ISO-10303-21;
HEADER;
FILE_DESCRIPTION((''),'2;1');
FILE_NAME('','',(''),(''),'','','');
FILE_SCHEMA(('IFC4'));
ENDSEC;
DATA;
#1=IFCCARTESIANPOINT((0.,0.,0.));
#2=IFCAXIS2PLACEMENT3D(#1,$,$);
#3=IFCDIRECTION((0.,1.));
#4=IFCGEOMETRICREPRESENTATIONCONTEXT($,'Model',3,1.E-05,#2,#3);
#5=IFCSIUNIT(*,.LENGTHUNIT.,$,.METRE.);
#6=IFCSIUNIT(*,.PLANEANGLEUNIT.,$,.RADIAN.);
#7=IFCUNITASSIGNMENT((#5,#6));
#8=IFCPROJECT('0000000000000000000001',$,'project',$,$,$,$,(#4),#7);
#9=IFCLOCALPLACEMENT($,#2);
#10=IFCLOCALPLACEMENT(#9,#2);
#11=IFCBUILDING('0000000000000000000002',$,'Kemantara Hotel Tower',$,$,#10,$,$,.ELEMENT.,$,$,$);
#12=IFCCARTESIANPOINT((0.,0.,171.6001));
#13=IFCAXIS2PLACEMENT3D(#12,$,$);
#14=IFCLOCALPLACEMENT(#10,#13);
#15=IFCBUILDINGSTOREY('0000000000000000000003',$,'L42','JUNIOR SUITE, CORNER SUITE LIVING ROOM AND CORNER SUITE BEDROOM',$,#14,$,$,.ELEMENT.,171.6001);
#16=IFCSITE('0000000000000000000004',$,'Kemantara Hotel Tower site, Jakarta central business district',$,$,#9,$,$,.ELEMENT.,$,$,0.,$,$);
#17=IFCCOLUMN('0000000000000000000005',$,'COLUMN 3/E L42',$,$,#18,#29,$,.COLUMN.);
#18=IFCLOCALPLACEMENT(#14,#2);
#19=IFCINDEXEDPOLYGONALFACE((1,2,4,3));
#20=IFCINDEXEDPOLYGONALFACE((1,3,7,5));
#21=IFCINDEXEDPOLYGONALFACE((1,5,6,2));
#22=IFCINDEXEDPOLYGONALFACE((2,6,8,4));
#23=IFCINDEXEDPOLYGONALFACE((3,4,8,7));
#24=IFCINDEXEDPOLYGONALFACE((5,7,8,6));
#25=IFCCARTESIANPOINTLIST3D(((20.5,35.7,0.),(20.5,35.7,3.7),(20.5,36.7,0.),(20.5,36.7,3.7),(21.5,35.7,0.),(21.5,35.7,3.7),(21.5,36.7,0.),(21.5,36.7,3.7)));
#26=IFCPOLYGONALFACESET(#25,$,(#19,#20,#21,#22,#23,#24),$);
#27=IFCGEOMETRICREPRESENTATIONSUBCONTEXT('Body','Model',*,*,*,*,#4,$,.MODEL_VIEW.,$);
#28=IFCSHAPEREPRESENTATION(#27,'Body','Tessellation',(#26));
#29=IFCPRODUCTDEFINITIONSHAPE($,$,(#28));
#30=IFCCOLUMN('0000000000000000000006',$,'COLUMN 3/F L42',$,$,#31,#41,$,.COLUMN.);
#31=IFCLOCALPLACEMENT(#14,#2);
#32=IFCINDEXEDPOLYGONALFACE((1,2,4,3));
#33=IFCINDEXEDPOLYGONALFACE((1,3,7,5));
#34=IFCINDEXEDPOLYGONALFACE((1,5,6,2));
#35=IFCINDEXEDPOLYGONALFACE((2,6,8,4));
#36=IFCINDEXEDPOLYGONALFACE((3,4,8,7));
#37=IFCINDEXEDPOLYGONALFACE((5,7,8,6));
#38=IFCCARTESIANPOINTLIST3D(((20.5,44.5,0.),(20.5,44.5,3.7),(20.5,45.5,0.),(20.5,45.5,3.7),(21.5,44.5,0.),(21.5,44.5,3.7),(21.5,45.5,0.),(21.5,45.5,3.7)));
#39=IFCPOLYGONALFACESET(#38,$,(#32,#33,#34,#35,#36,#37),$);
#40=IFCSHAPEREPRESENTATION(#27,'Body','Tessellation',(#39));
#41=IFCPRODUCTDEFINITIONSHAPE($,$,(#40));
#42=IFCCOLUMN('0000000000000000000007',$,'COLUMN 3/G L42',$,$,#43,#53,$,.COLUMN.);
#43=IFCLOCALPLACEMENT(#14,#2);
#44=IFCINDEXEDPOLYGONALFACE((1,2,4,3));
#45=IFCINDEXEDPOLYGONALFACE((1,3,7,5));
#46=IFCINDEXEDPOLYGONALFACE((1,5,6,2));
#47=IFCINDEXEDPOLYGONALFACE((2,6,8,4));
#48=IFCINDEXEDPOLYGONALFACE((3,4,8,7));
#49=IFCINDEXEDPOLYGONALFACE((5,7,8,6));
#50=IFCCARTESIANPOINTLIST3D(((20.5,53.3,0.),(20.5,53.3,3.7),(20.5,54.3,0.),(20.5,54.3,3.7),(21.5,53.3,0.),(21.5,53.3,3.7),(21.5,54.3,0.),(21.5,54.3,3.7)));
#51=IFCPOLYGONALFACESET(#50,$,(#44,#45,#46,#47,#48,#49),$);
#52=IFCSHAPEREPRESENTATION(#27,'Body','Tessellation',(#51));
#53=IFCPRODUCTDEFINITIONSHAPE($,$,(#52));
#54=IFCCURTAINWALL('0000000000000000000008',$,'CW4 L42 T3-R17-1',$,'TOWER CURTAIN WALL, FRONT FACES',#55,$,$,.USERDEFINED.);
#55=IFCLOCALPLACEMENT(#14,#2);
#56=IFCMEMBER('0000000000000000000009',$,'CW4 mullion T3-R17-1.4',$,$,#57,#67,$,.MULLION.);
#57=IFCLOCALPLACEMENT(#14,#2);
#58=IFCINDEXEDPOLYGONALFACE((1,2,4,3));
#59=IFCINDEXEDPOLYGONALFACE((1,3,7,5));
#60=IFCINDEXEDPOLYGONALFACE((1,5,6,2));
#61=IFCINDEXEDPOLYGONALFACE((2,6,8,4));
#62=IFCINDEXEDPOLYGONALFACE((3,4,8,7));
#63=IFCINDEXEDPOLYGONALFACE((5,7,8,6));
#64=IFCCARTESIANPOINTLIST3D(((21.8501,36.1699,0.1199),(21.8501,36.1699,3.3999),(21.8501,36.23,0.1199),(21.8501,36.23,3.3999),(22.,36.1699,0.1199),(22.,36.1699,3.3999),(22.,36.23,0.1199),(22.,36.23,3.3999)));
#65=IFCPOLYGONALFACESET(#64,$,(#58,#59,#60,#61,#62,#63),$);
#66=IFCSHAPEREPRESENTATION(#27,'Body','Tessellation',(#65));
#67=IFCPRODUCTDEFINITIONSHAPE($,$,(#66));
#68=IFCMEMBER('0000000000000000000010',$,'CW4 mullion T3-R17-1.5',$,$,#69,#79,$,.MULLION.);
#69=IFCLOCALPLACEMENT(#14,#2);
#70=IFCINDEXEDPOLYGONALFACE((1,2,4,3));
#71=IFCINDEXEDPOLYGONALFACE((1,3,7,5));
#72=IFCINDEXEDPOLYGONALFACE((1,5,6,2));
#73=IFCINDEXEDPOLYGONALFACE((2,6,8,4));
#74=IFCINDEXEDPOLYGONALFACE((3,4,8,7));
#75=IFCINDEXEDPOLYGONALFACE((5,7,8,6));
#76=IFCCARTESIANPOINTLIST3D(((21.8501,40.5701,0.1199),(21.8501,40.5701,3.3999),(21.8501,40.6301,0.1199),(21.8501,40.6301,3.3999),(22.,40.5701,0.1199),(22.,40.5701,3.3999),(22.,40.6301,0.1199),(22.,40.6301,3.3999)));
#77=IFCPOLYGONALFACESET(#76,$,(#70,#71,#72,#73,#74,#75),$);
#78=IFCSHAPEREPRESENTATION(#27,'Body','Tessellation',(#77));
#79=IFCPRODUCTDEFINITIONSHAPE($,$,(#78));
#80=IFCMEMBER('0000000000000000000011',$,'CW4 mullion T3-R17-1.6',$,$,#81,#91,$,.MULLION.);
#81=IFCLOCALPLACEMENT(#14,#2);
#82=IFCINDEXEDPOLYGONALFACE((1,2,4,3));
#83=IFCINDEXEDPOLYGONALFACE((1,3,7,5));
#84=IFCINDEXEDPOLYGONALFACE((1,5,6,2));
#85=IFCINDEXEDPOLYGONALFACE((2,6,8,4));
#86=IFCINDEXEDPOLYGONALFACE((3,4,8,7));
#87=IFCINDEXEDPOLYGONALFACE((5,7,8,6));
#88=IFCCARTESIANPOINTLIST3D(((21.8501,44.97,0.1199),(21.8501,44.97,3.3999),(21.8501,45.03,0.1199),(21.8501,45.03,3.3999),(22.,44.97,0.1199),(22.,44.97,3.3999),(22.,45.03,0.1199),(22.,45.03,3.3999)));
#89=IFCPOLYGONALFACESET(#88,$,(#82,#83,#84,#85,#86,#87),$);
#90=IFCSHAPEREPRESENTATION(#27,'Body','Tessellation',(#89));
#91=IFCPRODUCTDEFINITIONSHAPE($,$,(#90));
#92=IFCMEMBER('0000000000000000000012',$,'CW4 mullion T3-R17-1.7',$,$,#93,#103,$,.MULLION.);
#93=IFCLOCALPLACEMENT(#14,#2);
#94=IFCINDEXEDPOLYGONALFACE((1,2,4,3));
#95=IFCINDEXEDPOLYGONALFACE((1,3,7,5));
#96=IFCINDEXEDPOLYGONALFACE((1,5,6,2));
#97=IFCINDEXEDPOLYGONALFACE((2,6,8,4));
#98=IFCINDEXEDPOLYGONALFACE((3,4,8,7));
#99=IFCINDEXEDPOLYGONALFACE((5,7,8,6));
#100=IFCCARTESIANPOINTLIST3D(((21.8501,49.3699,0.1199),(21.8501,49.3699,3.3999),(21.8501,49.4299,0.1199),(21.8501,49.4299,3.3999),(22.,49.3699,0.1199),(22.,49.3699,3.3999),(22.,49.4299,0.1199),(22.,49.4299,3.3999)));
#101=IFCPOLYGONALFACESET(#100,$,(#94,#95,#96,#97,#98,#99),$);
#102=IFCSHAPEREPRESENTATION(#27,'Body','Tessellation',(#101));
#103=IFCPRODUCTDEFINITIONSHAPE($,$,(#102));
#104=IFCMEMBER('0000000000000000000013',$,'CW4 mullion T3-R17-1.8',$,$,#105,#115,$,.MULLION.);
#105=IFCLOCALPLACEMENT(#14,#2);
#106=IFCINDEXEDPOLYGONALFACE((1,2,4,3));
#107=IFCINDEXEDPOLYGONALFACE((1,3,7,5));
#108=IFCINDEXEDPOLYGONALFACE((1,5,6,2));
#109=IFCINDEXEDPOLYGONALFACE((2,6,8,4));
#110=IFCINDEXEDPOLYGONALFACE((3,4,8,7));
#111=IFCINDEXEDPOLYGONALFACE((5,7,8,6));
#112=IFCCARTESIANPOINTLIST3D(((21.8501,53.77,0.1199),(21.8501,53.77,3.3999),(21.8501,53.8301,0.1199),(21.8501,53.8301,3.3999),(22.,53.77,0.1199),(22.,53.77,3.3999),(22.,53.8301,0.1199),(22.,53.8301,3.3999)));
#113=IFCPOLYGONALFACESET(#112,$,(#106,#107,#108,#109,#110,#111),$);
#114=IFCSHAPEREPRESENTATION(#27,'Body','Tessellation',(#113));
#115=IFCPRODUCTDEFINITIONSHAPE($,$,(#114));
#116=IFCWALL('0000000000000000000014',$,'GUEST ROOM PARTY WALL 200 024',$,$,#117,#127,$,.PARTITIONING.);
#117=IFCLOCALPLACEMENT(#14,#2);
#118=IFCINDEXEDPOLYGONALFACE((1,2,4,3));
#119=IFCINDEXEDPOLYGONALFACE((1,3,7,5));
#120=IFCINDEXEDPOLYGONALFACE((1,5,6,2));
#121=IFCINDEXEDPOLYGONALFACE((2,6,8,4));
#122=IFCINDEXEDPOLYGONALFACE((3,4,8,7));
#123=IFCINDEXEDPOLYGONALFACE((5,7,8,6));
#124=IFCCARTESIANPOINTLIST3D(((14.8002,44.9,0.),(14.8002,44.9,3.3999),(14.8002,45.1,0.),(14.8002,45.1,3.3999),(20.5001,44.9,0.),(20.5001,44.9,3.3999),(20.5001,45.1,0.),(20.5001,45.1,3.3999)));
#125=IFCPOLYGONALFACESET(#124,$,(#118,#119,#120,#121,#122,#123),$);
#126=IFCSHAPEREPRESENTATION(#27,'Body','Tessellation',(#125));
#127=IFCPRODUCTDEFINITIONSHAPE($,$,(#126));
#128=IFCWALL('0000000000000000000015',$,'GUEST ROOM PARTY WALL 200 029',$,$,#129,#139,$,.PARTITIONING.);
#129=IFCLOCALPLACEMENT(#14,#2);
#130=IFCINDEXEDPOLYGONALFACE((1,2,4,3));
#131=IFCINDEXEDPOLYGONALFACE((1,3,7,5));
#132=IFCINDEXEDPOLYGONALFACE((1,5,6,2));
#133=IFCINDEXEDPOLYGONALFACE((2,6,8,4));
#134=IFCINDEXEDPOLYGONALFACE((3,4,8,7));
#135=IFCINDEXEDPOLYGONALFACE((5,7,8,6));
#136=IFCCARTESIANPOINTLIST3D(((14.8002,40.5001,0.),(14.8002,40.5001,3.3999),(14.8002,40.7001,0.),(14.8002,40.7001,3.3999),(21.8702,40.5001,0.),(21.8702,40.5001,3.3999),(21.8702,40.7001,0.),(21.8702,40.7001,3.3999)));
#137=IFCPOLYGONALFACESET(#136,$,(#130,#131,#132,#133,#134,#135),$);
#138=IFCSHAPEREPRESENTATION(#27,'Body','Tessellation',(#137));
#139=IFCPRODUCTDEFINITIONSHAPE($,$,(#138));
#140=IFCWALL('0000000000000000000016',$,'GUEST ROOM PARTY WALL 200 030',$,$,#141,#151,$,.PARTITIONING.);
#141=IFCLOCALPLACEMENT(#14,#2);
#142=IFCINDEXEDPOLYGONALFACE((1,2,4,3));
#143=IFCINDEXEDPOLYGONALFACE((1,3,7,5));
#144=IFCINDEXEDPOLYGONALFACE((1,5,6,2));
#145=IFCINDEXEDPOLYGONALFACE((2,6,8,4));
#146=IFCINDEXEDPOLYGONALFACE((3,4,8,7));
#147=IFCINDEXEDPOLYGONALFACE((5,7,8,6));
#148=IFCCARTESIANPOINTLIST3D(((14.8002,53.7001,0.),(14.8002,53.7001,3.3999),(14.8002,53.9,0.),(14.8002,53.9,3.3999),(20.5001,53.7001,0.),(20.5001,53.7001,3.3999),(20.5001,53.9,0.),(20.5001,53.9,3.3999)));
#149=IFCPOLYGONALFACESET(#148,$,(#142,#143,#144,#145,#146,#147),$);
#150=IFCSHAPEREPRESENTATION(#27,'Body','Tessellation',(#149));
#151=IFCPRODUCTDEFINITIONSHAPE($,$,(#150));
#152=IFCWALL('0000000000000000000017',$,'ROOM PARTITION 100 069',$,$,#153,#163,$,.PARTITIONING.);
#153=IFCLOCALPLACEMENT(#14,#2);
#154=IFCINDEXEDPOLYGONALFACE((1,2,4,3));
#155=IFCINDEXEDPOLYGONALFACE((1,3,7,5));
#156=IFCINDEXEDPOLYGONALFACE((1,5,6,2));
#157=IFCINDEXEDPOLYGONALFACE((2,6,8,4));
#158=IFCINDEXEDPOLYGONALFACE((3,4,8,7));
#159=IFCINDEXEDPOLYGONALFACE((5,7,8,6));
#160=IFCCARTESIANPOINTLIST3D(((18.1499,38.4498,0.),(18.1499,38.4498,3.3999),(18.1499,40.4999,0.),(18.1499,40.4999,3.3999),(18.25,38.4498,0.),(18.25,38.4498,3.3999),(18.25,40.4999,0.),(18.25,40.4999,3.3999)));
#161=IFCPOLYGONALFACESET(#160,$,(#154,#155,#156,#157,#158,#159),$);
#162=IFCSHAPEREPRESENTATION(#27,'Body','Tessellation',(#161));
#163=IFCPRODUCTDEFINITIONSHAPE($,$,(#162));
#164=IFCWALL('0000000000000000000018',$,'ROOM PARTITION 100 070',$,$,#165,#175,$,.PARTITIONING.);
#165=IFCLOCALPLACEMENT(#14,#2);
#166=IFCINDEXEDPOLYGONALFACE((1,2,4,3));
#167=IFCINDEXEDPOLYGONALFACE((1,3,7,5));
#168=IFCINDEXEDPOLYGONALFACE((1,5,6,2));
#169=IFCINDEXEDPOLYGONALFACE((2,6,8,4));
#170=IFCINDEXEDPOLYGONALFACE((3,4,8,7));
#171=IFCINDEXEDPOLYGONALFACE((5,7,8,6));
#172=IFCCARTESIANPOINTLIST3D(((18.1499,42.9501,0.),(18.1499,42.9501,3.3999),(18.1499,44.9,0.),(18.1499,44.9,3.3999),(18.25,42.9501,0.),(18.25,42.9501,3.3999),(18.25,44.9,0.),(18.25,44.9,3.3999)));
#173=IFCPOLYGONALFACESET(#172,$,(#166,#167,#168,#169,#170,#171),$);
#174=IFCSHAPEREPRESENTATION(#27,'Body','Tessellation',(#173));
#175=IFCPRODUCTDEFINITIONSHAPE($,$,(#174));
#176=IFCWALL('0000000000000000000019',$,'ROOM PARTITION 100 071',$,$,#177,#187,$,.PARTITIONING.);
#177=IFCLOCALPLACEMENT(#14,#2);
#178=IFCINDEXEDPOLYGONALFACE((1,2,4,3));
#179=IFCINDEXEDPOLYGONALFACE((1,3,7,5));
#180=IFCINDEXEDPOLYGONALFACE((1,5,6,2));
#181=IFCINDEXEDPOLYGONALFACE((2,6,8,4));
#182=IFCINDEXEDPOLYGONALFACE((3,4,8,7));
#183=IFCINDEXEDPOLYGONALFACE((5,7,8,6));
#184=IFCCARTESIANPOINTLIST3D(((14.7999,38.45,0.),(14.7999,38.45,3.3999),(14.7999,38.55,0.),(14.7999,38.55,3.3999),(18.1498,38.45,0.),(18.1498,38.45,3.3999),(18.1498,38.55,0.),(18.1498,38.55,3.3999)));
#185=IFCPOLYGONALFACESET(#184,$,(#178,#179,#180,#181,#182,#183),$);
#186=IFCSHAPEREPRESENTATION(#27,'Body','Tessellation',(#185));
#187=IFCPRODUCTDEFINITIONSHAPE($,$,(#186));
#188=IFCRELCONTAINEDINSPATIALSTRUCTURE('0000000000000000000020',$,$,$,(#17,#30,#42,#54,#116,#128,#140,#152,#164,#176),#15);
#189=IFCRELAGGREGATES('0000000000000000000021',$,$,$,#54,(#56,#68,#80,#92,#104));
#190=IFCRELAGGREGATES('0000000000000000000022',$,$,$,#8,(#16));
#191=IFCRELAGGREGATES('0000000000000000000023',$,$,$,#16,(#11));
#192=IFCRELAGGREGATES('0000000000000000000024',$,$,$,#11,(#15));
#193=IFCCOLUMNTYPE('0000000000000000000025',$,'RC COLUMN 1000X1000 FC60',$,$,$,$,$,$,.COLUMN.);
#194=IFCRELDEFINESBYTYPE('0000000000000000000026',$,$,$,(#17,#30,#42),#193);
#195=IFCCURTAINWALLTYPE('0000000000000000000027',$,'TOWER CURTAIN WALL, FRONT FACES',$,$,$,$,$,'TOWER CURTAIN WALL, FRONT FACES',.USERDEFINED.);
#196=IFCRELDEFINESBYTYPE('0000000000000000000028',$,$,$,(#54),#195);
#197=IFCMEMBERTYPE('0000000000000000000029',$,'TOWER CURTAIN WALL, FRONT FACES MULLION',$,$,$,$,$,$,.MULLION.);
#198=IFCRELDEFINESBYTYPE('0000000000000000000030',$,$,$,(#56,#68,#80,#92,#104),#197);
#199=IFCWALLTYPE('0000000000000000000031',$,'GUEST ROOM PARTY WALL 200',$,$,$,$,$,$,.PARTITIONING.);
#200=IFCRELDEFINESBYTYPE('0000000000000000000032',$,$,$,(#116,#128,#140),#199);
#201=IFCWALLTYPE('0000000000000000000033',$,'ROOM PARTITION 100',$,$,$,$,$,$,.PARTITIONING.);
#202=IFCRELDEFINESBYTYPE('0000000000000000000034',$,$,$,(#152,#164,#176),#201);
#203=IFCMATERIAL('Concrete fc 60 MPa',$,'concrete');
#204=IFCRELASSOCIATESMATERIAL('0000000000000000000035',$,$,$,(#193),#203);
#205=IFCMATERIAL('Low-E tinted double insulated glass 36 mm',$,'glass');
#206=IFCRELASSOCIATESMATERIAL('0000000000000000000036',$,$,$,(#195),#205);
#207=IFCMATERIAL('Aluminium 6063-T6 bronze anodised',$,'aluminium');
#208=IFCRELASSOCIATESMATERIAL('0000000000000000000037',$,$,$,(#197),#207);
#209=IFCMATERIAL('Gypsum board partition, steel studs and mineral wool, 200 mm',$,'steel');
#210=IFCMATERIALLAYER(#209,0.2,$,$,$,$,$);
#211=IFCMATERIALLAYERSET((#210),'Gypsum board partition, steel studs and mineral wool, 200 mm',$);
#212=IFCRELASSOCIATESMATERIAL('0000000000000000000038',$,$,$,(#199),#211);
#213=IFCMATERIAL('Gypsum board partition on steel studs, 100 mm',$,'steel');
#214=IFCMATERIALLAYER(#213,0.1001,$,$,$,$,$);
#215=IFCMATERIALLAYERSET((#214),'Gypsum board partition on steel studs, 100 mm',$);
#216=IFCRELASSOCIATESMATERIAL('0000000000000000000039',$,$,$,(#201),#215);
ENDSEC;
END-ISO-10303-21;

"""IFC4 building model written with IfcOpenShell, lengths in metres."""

from ifc_helpers import new_model, si_unit, direction, frame, frame_2d, origin, origin_2d, place, context, subcontext, project, spatial, rectangle, extrude, source, transform, mapped, material, layer, layer_set, material_profile, profile_set, type_object, element, aggregate, save


model = new_model("IFC4")

# Units and contexts
model_context = context("Model", 3, precision=1e-05, world=origin(), true_north=direction((0.0, 1.0)))
body_context = subcontext(model_context, "Body", "Model", "MODEL_VIEW")
ifc_project = project(units=[si_unit("LENGTHUNIT", "METRE"), si_unit("PLANEANGLEUNIT", "RADIAN")], contexts=[model_context])

# Site, building, storey
site_placement = place(None, origin())
site = spatial("IfcSite", under=ifc_project, at=site_placement, Name="Kemantara Hotel Tower site, Jakarta central business district", CompositionType="ELEMENT", RefElevation=0.0)
building_placement = place(site_placement, origin())
building = spatial("IfcBuilding", under=site, at=building_placement, Name="Kemantara Hotel Tower", CompositionType="ELEMENT")
storey_placement = place(building_placement, frame((0.0, 0.0, 171.6001)))
storey = spatial("IfcBuildingStorey", under=building, at=storey_placement, Name="L42", Description="JUNIOR SUITE, CORNER SUITE LIVING ROOM AND CORNER SUITE BEDROOM", CompositionType="ELEMENT", Elevation=171.6001)

# Columns
ifc_material_1 = material(Name="Concrete fc 60 MPa", Category="concrete")
ifc_material_profile_1 = material_profile(ifc_material_1, rectangle(XDim=1.0, YDim=1.0, at=origin_2d()), Name="RC 1000X1000")
ifc_profile_set_1 = profile_set([ifc_material_profile_1], Name="Concrete fc 60 MPa")
column_type = type_object("IfcColumnType", Name="RC COLUMN 1000X1000 FC60", PredefinedType="COLUMN", material=ifc_profile_set_1)
for number, where, z_axis, x_axis, name in (
    (1, (21.0, 36.2, 0.0), (0.0, 0.0, 1.0), (1.0, 0.0, 0.0), "COLUMN 3/E L42"),
    (2, (21.0, 45.0, 0.0), (0.0, 0.0, 1.0), (1.0, 0.0, 0.0), "COLUMN 3/F L42"),
    (3, (21.0, 53.8, 0.0), (0.0, 0.0, 1.0), (1.0, 0.0, 0.0), "COLUMN 3/G L42"),
):
    element("IfcColumn", number, at=place(storey_placement, frame(where, z_axis=z_axis, x_axis=x_axis)), inside=storey, type_object=column_type, Name=name, PredefinedType="COLUMN", context=body_context, shape_type="SweptSolid", body=[
        extrude(rectangle(XDim=1.0, YDim=1.0, at=origin_2d()), origin(), (0.0, 0.0, 1.0), 3.7),
    ])

# Curtain wall, members
ifc_material_2 = material(Name="Low-E tinted double insulated glass 36 mm", Category="glass")
curtain_wall_type = type_object("IfcCurtainWallType", Name="TOWER CURTAIN WALL, FRONT FACES", ElementType="TOWER CURTAIN WALL, FRONT FACES", PredefinedType="USERDEFINED", material=ifc_material_2)
curtain_wall_placement = place(storey_placement, origin())
curtain_wall = element("IfcCurtainWall", 4, at=curtain_wall_placement, inside=storey, type_object=curtain_wall_type, Name="CW4 L42 T3-R17-1", ObjectType="TOWER CURTAIN WALL, FRONT FACES", PredefinedType="USERDEFINED")
ifc_material_3 = material(Name="Aluminium 6063-T6 bronze anodised", Category="aluminium")
ifc_material_profile_2 = material_profile(ifc_material_3, rectangle(XDim=0.1499, YDim=0.0601, at=origin_2d()), Name="TOWER CURTAIN WALL, FRONT FACES MULLION")
ifc_profile_set_2 = profile_set([ifc_material_profile_2], Name="Aluminium 6063-T6 bronze anodised")
member_type = type_object("IfcMemberType", Name="TOWER CURTAIN WALL, FRONT FACES MULLION", PredefinedType="MULLION", material=ifc_profile_set_2)
shared_shape = source(origin(), body_context, "Body", "SweptSolid", [
    extrude(rectangle(XDim=0.1499, YDim=0.0601, at=origin_2d()), origin(), (0.0, 0.0, 1.0), 3.28),
])
member_1_placement = place(storey_placement, frame((21.925, 36.2, 0.1199), z_axis=(0.0, 0.0, 1.0), x_axis=(-1.0, 0.0, 0.0)))
member_1 = element("IfcMember", 5, at=member_1_placement, type_object=member_type, Name="CW4 mullion T3-R17-1.4", PredefinedType="MULLION", context=body_context, shape_type="MappedRepresentation", body=[
    mapped(shared_shape, transform((0.0, 0.0, 0.0))),
])
member_2_placement = place(storey_placement, frame((21.925, 40.6001, 0.1199), z_axis=(0.0, 0.0, 1.0), x_axis=(-1.0, 0.0, 0.0)))
member_2 = element("IfcMember", 6, at=member_2_placement, type_object=member_type, Name="CW4 mullion T3-R17-1.5", PredefinedType="MULLION", context=body_context, shape_type="MappedRepresentation", body=[
    mapped(shared_shape, transform((0.0, 0.0, 0.0))),
])
member_3_placement = place(storey_placement, frame((21.925, 45.0, 0.1199), z_axis=(0.0, 0.0, 1.0), x_axis=(-1.0, 0.0, 0.0)))
member_3 = element("IfcMember", 7, at=member_3_placement, type_object=member_type, Name="CW4 mullion T3-R17-1.6", PredefinedType="MULLION", context=body_context, shape_type="MappedRepresentation", body=[
    mapped(shared_shape, transform((0.0, 0.0, 0.0))),
])
member_4_placement = place(storey_placement, frame((21.925, 49.3999, 0.1199), z_axis=(0.0, 0.0, 1.0), x_axis=(-1.0, 0.0, 0.0)))
member_4 = element("IfcMember", 8, at=member_4_placement, type_object=member_type, Name="CW4 mullion T3-R17-1.7", PredefinedType="MULLION", context=body_context, shape_type="MappedRepresentation", body=[
    mapped(shared_shape, transform((0.0, 0.0, 0.0))),
])
member_5_placement = place(storey_placement, frame((21.925, 53.8, 0.1199), z_axis=(0.0, 0.0, 1.0), x_axis=(-1.0, 0.0, 0.0)))
member_5 = element("IfcMember", 9, at=member_5_placement, type_object=member_type, Name="CW4 mullion T3-R17-1.8", PredefinedType="MULLION", context=body_context, shape_type="MappedRepresentation", body=[
    mapped(shared_shape, transform((0.0, 0.0, 0.0))),
])
aggregate(curtain_wall, [member_1, member_2, member_3, member_4, member_5])

# Walls
ifc_material_4 = material(Name="Gypsum board partition, steel studs and mineral wool, 200 mm", Category="steel")
ifc_layer_1 = layer(ifc_material_4, 0.2)
ifc_layer_set_1 = layer_set([ifc_layer_1], Name="Gypsum board partition, steel studs and mineral wool, 200 mm")
wall_type_1 = type_object("IfcWallType", Name="GUEST ROOM PARTY WALL 200", PredefinedType="PARTITIONING", material=ifc_layer_set_1)
wall_1_placement = place(storey_placement, frame((14.8, 45.0, 0.0), z_axis=(0.0, 0.0, 1.0), x_axis=(1.0, 0.0, 0.0)))
element("IfcWall", 10, at=wall_1_placement, inside=storey, type_object=wall_type_1, Name="GUEST ROOM PARTY WALL 200 024", PredefinedType="PARTITIONING", context=body_context, shape_type="SweptSolid", body=[
    extrude(rectangle(XDim=5.7, YDim=0.2, at=frame_2d((2.8501, 0.0))), origin(), (0.0, 0.0, 1.0), 3.3999),
])
wall_2_placement = place(storey_placement, frame((14.8, 40.6001, 0.0), z_axis=(0.0, 0.0, 1.0), x_axis=(1.0, 0.0, 0.0)))
element("IfcWall", 11, at=wall_2_placement, inside=storey, type_object=wall_type_1, Name="GUEST ROOM PARTY WALL 200 029", PredefinedType="PARTITIONING", context=body_context, shape_type="SweptSolid", body=[
    extrude(rectangle(XDim=7.0701, YDim=0.2, at=frame_2d((3.5352, 0.0))), origin(), (0.0, 0.0, 1.0), 3.3999),
])
wall_3_placement = place(storey_placement, frame((14.8, 53.8, 0.0), z_axis=(0.0, 0.0, 1.0), x_axis=(1.0, 0.0, 0.0)))
element("IfcWall", 12, at=wall_3_placement, inside=storey, type_object=wall_type_1, Name="GUEST ROOM PARTY WALL 200 030", PredefinedType="PARTITIONING", context=body_context, shape_type="SweptSolid", body=[
    extrude(rectangle(XDim=5.7, YDim=0.2, at=frame_2d((2.8501, 0.0))), origin(), (0.0, 0.0, 1.0), 3.3999),
])
ifc_material_5 = material(Name="Gypsum board partition on steel studs, 100 mm", Category="steel")
ifc_layer_2 = layer(ifc_material_5, 0.1001)
ifc_layer_set_2 = layer_set([ifc_layer_2], Name="Gypsum board partition on steel studs, 100 mm")
wall_type_2 = type_object("IfcWallType", Name="ROOM PARTITION 100", PredefinedType="PARTITIONING", material=ifc_layer_set_2)
wall_4_placement = place(storey_placement, frame((18.2, 38.45, 0.0), z_axis=(0.0, 0.0, 1.0), x_axis=(0.0, 1.0, 0.0)))
element("IfcWall", 13, at=wall_4_placement, inside=storey, type_object=wall_type_2, Name="ROOM PARTITION 100 069", PredefinedType="PARTITIONING", context=body_context, shape_type="SweptSolid", body=[
    extrude(rectangle(XDim=2.05, YDim=0.1001, at=frame_2d((1.0249, 0.0))), origin(), (0.0, 0.0, 1.0), 3.3999),
])
wall_5_placement = place(storey_placement, frame((18.2, 42.95, 0.0), z_axis=(0.0, 0.0, 1.0), x_axis=(0.0, 1.0, 0.0)))
element("IfcWall", 14, at=wall_5_placement, inside=storey, type_object=wall_type_2, Name="ROOM PARTITION 100 070", PredefinedType="PARTITIONING", context=body_context, shape_type="SweptSolid", body=[
    extrude(rectangle(XDim=1.95, YDim=0.1001, at=frame_2d((0.9751, 0.0))), origin(), (0.0, 0.0, 1.0), 3.3999),
])
wall_6_placement = place(storey_placement, frame((14.8, 38.5, 0.0), z_axis=(0.0, 0.0, 1.0), x_axis=(1.0, 0.0, 0.0)))
element("IfcWall", 15, at=wall_6_placement, inside=storey, type_object=wall_type_2, Name="ROOM PARTITION 100 071", PredefinedType="PARTITIONING", context=body_context, shape_type="SweptSolid", body=[
    extrude(rectangle(XDim=3.3499, YDim=0.1001, at=frame_2d((1.6748, 0.0))), origin(), (0.0, 0.0, 1.0), 3.3999),
])

save(model, "model.ifc")
